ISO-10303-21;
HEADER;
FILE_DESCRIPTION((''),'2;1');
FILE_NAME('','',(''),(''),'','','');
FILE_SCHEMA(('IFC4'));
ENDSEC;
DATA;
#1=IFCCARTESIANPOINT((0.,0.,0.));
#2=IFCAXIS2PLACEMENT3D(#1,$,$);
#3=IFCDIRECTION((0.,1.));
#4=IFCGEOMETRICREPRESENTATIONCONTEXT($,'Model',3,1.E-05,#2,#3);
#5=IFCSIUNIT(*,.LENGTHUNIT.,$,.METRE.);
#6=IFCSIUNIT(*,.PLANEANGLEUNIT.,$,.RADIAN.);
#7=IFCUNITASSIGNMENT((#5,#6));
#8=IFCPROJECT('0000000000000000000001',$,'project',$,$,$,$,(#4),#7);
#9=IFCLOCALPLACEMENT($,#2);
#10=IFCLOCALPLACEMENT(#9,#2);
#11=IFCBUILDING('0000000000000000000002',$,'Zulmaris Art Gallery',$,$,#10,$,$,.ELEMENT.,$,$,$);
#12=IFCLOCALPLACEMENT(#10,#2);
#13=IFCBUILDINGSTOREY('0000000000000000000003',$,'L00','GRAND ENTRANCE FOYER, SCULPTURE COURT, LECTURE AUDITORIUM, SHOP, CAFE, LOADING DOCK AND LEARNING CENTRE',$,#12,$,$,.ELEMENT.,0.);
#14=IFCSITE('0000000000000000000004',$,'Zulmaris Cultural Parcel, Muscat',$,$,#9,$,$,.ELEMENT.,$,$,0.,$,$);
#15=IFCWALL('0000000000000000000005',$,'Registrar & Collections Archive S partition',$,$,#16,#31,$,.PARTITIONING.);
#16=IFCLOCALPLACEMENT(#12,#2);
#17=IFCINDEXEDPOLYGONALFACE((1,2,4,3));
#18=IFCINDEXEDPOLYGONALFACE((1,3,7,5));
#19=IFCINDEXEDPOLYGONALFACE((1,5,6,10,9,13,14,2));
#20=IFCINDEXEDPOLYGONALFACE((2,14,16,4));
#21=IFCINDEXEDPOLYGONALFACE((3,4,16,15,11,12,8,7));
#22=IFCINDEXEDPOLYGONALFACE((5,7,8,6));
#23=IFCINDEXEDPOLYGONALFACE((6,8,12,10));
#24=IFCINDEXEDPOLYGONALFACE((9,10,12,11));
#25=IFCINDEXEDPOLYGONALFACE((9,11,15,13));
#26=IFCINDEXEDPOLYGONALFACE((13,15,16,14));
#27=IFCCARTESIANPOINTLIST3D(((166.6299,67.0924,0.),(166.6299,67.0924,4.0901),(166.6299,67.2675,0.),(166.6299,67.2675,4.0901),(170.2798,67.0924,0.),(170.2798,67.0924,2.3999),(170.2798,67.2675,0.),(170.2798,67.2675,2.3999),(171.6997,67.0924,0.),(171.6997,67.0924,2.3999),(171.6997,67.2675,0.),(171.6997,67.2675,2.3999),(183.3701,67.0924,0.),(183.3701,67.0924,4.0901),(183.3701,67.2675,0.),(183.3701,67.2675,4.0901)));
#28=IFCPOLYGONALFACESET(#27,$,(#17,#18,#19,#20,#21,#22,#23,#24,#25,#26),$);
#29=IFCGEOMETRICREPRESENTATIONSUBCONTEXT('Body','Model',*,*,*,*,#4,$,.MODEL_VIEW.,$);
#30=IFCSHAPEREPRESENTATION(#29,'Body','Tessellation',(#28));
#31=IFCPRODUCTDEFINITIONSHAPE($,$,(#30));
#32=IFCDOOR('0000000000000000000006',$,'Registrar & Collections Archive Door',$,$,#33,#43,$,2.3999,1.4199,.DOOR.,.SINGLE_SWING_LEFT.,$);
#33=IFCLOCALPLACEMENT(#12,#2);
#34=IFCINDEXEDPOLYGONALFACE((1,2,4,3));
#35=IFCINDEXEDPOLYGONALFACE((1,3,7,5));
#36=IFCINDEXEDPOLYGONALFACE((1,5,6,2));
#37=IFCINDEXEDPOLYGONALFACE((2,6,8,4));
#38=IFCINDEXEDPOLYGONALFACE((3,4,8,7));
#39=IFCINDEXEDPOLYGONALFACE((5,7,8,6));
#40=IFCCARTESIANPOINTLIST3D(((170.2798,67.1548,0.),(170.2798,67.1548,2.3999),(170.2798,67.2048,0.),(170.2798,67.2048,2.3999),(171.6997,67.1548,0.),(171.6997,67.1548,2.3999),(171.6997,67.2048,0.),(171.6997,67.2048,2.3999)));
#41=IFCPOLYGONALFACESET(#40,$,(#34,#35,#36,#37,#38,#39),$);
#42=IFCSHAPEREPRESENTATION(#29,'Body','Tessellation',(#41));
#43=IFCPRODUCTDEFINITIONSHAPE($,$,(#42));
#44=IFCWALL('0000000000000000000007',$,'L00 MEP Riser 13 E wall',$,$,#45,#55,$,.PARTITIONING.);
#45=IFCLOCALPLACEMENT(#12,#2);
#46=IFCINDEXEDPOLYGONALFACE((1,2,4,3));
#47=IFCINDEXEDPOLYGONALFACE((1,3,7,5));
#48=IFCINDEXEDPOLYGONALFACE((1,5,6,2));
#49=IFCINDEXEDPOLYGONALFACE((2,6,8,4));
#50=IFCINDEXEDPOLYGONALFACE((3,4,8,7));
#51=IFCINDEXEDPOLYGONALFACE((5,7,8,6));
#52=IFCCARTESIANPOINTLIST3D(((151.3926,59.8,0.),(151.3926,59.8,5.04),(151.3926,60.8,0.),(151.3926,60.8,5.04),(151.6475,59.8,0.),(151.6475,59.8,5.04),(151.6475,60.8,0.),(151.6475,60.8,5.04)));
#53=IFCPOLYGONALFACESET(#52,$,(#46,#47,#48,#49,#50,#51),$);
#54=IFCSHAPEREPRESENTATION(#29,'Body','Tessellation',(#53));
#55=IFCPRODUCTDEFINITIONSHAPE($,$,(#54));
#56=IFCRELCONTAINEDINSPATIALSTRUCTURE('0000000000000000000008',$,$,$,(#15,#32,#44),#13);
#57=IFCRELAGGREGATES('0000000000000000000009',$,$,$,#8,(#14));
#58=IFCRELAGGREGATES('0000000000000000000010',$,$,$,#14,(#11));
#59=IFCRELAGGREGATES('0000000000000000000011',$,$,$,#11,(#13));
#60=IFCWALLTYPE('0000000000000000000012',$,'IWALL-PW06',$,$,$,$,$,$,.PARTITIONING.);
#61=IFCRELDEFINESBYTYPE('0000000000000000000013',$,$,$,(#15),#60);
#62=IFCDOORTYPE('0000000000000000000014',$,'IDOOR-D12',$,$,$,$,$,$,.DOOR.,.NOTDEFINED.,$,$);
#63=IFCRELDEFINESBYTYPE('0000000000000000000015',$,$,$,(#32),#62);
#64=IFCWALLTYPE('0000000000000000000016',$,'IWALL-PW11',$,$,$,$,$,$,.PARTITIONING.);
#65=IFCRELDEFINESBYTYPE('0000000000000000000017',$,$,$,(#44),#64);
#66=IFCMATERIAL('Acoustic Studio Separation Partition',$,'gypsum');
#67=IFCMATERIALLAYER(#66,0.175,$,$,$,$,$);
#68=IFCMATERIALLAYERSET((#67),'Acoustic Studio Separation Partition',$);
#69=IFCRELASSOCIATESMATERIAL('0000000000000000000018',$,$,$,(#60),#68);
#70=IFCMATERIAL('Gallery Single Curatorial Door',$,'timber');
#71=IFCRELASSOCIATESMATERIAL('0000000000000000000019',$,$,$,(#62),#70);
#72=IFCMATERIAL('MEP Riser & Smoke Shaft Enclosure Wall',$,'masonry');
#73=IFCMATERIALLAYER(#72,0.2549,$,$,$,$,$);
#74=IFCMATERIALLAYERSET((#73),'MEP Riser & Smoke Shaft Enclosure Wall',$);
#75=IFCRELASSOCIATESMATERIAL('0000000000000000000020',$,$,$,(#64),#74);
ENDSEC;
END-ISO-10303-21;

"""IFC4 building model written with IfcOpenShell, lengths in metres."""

from ifc_helpers import new_model, si_unit, direction, frame, frame_2d, origin, place, context, subcontext, project, spatial, rectangle, extrude, material, layer, layer_set, type_object, element, fill, save


model = new_model("IFC4")

# Units and contexts
model_context = context("Model", 3, precision=1e-05, world=origin(), true_north=direction((0.0, 1.0)))
body_context = subcontext(model_context, "Body", "Model", "MODEL_VIEW")
ifc_project = project(units=[si_unit("LENGTHUNIT", "METRE"), si_unit("PLANEANGLEUNIT", "RADIAN")], contexts=[model_context])

# Site, building, storey
site_placement = place(None, origin())
site = spatial("IfcSite", under=ifc_project, at=site_placement, Name="Zulmaris Cultural Parcel, Muscat", CompositionType="ELEMENT", RefElevation=0.0)
building_placement = place(site_placement, origin())
building = spatial("IfcBuilding", under=site, at=building_placement, Name="Zulmaris Art Gallery", CompositionType="ELEMENT")
storey_placement = place(building_placement, origin())
storey = spatial("IfcBuildingStorey", under=building, at=storey_placement, Name="L00", Description="GRAND ENTRANCE FOYER, SCULPTURE COURT, LECTURE AUDITORIUM, SHOP, CAFE, LOADING DOCK AND LEARNING CENTRE", CompositionType="ELEMENT", Elevation=0.0)

# Wall, opening, door
ifc_material_1 = material(Name="Acoustic Studio Separation Partition", Category="gypsum")
ifc_layer_1 = layer(ifc_material_1, 0.175)
ifc_layer_set_1 = layer_set([ifc_layer_1], Name="Acoustic Studio Separation Partition")
wall_type_1 = type_object("IfcWallType", Name="IWALL-PW06", PredefinedType="PARTITIONING", material=ifc_layer_set_1)
wall_1_placement = place(storey_placement, frame((166.6299, 67.1799, 0.0), z_axis=(0.0, 0.0, 1.0), x_axis=(1.0, 0.0, 0.0)))
wall_1 = element("IfcWall", 1, at=wall_1_placement, inside=storey, type_object=wall_type_1, Name="Registrar & Collections Archive S partition", PredefinedType="PARTITIONING", context=body_context, shape_type="SweptSolid", body=[
    extrude(rectangle(XDim=16.7402, YDim=0.175, at=frame_2d((8.3701, 0.0))), origin(), (0.0, 0.0, 1.0), 4.0901),
])
opening_placement = place(wall_1_placement, frame((3.6499, 0.0, 0.0)))
opening = element("IfcOpeningElement", 2, at=opening_placement, cuts=wall_1, PredefinedType="OPENING", context=body_context, shape_type="SweptSolid", body=[
    extrude(rectangle(XDim=1.4199, YDim=2.3999, at=frame_2d((0.71, 1.2))), frame((0.0, 0.0974, 0.0), z_axis=(0.0, -1.0, 0.0), x_axis=(1.0, 0.0, 0.0)), (0.0, 0.0, 1.0), 0.1951),
])
ifc_material_2 = material(Name="Gallery Single Curatorial Door", Category="timber")
door_type = type_object("IfcDoorType", Name="IDOOR-D12", OperationType="NOTDEFINED", PredefinedType="DOOR", material=ifc_material_2)
door_placement = place(opening_placement, origin())
door = element("IfcDoor", 3, at=door_placement, inside=storey, type_object=door_type, Name="Registrar & Collections Archive Door", OperationType="SINGLE_SWING_LEFT", OverallHeight=2.3999, OverallWidth=1.4199, PredefinedType="DOOR", context=body_context, shape_type="SweptSolid", body=[
    extrude(rectangle(XDim=1.4199, YDim=2.3999, at=frame_2d((0.71, 1.2))), frame((0.0, 0.0249, 0.0), z_axis=(0.0, -1.0, 0.0), x_axis=(1.0, 0.0, 0.0)), (0.0, 0.0, 1.0), 0.05),
])
fill(opening, door)

# Wall
ifc_material_3 = material(Name="MEP Riser & Smoke Shaft Enclosure Wall", Category="masonry")
ifc_layer_2 = layer(ifc_material_3, 0.2549)
ifc_layer_set_2 = layer_set([ifc_layer_2], Name="MEP Riser & Smoke Shaft Enclosure Wall")
wall_type_2 = type_object("IfcWallType", Name="IWALL-PW11", PredefinedType="PARTITIONING", material=ifc_layer_set_2)
wall_2_placement = place(storey_placement, frame((151.52, 59.8, 0.0), z_axis=(0.0, 0.0, 1.0), x_axis=(0.0, 1.0, 0.0)))
element("IfcWall", 4, at=wall_2_placement, inside=storey, type_object=wall_type_2, Name="L00 MEP Riser 13 E wall", PredefinedType="PARTITIONING", context=body_context, shape_type="SweptSolid", body=[
    extrude(rectangle(XDim=1.0, YDim=0.2549, at=frame_2d((0.5, 0.0))), origin(), (0.0, 0.0, 1.0), 5.04),
])

save(model, "model.ifc")
